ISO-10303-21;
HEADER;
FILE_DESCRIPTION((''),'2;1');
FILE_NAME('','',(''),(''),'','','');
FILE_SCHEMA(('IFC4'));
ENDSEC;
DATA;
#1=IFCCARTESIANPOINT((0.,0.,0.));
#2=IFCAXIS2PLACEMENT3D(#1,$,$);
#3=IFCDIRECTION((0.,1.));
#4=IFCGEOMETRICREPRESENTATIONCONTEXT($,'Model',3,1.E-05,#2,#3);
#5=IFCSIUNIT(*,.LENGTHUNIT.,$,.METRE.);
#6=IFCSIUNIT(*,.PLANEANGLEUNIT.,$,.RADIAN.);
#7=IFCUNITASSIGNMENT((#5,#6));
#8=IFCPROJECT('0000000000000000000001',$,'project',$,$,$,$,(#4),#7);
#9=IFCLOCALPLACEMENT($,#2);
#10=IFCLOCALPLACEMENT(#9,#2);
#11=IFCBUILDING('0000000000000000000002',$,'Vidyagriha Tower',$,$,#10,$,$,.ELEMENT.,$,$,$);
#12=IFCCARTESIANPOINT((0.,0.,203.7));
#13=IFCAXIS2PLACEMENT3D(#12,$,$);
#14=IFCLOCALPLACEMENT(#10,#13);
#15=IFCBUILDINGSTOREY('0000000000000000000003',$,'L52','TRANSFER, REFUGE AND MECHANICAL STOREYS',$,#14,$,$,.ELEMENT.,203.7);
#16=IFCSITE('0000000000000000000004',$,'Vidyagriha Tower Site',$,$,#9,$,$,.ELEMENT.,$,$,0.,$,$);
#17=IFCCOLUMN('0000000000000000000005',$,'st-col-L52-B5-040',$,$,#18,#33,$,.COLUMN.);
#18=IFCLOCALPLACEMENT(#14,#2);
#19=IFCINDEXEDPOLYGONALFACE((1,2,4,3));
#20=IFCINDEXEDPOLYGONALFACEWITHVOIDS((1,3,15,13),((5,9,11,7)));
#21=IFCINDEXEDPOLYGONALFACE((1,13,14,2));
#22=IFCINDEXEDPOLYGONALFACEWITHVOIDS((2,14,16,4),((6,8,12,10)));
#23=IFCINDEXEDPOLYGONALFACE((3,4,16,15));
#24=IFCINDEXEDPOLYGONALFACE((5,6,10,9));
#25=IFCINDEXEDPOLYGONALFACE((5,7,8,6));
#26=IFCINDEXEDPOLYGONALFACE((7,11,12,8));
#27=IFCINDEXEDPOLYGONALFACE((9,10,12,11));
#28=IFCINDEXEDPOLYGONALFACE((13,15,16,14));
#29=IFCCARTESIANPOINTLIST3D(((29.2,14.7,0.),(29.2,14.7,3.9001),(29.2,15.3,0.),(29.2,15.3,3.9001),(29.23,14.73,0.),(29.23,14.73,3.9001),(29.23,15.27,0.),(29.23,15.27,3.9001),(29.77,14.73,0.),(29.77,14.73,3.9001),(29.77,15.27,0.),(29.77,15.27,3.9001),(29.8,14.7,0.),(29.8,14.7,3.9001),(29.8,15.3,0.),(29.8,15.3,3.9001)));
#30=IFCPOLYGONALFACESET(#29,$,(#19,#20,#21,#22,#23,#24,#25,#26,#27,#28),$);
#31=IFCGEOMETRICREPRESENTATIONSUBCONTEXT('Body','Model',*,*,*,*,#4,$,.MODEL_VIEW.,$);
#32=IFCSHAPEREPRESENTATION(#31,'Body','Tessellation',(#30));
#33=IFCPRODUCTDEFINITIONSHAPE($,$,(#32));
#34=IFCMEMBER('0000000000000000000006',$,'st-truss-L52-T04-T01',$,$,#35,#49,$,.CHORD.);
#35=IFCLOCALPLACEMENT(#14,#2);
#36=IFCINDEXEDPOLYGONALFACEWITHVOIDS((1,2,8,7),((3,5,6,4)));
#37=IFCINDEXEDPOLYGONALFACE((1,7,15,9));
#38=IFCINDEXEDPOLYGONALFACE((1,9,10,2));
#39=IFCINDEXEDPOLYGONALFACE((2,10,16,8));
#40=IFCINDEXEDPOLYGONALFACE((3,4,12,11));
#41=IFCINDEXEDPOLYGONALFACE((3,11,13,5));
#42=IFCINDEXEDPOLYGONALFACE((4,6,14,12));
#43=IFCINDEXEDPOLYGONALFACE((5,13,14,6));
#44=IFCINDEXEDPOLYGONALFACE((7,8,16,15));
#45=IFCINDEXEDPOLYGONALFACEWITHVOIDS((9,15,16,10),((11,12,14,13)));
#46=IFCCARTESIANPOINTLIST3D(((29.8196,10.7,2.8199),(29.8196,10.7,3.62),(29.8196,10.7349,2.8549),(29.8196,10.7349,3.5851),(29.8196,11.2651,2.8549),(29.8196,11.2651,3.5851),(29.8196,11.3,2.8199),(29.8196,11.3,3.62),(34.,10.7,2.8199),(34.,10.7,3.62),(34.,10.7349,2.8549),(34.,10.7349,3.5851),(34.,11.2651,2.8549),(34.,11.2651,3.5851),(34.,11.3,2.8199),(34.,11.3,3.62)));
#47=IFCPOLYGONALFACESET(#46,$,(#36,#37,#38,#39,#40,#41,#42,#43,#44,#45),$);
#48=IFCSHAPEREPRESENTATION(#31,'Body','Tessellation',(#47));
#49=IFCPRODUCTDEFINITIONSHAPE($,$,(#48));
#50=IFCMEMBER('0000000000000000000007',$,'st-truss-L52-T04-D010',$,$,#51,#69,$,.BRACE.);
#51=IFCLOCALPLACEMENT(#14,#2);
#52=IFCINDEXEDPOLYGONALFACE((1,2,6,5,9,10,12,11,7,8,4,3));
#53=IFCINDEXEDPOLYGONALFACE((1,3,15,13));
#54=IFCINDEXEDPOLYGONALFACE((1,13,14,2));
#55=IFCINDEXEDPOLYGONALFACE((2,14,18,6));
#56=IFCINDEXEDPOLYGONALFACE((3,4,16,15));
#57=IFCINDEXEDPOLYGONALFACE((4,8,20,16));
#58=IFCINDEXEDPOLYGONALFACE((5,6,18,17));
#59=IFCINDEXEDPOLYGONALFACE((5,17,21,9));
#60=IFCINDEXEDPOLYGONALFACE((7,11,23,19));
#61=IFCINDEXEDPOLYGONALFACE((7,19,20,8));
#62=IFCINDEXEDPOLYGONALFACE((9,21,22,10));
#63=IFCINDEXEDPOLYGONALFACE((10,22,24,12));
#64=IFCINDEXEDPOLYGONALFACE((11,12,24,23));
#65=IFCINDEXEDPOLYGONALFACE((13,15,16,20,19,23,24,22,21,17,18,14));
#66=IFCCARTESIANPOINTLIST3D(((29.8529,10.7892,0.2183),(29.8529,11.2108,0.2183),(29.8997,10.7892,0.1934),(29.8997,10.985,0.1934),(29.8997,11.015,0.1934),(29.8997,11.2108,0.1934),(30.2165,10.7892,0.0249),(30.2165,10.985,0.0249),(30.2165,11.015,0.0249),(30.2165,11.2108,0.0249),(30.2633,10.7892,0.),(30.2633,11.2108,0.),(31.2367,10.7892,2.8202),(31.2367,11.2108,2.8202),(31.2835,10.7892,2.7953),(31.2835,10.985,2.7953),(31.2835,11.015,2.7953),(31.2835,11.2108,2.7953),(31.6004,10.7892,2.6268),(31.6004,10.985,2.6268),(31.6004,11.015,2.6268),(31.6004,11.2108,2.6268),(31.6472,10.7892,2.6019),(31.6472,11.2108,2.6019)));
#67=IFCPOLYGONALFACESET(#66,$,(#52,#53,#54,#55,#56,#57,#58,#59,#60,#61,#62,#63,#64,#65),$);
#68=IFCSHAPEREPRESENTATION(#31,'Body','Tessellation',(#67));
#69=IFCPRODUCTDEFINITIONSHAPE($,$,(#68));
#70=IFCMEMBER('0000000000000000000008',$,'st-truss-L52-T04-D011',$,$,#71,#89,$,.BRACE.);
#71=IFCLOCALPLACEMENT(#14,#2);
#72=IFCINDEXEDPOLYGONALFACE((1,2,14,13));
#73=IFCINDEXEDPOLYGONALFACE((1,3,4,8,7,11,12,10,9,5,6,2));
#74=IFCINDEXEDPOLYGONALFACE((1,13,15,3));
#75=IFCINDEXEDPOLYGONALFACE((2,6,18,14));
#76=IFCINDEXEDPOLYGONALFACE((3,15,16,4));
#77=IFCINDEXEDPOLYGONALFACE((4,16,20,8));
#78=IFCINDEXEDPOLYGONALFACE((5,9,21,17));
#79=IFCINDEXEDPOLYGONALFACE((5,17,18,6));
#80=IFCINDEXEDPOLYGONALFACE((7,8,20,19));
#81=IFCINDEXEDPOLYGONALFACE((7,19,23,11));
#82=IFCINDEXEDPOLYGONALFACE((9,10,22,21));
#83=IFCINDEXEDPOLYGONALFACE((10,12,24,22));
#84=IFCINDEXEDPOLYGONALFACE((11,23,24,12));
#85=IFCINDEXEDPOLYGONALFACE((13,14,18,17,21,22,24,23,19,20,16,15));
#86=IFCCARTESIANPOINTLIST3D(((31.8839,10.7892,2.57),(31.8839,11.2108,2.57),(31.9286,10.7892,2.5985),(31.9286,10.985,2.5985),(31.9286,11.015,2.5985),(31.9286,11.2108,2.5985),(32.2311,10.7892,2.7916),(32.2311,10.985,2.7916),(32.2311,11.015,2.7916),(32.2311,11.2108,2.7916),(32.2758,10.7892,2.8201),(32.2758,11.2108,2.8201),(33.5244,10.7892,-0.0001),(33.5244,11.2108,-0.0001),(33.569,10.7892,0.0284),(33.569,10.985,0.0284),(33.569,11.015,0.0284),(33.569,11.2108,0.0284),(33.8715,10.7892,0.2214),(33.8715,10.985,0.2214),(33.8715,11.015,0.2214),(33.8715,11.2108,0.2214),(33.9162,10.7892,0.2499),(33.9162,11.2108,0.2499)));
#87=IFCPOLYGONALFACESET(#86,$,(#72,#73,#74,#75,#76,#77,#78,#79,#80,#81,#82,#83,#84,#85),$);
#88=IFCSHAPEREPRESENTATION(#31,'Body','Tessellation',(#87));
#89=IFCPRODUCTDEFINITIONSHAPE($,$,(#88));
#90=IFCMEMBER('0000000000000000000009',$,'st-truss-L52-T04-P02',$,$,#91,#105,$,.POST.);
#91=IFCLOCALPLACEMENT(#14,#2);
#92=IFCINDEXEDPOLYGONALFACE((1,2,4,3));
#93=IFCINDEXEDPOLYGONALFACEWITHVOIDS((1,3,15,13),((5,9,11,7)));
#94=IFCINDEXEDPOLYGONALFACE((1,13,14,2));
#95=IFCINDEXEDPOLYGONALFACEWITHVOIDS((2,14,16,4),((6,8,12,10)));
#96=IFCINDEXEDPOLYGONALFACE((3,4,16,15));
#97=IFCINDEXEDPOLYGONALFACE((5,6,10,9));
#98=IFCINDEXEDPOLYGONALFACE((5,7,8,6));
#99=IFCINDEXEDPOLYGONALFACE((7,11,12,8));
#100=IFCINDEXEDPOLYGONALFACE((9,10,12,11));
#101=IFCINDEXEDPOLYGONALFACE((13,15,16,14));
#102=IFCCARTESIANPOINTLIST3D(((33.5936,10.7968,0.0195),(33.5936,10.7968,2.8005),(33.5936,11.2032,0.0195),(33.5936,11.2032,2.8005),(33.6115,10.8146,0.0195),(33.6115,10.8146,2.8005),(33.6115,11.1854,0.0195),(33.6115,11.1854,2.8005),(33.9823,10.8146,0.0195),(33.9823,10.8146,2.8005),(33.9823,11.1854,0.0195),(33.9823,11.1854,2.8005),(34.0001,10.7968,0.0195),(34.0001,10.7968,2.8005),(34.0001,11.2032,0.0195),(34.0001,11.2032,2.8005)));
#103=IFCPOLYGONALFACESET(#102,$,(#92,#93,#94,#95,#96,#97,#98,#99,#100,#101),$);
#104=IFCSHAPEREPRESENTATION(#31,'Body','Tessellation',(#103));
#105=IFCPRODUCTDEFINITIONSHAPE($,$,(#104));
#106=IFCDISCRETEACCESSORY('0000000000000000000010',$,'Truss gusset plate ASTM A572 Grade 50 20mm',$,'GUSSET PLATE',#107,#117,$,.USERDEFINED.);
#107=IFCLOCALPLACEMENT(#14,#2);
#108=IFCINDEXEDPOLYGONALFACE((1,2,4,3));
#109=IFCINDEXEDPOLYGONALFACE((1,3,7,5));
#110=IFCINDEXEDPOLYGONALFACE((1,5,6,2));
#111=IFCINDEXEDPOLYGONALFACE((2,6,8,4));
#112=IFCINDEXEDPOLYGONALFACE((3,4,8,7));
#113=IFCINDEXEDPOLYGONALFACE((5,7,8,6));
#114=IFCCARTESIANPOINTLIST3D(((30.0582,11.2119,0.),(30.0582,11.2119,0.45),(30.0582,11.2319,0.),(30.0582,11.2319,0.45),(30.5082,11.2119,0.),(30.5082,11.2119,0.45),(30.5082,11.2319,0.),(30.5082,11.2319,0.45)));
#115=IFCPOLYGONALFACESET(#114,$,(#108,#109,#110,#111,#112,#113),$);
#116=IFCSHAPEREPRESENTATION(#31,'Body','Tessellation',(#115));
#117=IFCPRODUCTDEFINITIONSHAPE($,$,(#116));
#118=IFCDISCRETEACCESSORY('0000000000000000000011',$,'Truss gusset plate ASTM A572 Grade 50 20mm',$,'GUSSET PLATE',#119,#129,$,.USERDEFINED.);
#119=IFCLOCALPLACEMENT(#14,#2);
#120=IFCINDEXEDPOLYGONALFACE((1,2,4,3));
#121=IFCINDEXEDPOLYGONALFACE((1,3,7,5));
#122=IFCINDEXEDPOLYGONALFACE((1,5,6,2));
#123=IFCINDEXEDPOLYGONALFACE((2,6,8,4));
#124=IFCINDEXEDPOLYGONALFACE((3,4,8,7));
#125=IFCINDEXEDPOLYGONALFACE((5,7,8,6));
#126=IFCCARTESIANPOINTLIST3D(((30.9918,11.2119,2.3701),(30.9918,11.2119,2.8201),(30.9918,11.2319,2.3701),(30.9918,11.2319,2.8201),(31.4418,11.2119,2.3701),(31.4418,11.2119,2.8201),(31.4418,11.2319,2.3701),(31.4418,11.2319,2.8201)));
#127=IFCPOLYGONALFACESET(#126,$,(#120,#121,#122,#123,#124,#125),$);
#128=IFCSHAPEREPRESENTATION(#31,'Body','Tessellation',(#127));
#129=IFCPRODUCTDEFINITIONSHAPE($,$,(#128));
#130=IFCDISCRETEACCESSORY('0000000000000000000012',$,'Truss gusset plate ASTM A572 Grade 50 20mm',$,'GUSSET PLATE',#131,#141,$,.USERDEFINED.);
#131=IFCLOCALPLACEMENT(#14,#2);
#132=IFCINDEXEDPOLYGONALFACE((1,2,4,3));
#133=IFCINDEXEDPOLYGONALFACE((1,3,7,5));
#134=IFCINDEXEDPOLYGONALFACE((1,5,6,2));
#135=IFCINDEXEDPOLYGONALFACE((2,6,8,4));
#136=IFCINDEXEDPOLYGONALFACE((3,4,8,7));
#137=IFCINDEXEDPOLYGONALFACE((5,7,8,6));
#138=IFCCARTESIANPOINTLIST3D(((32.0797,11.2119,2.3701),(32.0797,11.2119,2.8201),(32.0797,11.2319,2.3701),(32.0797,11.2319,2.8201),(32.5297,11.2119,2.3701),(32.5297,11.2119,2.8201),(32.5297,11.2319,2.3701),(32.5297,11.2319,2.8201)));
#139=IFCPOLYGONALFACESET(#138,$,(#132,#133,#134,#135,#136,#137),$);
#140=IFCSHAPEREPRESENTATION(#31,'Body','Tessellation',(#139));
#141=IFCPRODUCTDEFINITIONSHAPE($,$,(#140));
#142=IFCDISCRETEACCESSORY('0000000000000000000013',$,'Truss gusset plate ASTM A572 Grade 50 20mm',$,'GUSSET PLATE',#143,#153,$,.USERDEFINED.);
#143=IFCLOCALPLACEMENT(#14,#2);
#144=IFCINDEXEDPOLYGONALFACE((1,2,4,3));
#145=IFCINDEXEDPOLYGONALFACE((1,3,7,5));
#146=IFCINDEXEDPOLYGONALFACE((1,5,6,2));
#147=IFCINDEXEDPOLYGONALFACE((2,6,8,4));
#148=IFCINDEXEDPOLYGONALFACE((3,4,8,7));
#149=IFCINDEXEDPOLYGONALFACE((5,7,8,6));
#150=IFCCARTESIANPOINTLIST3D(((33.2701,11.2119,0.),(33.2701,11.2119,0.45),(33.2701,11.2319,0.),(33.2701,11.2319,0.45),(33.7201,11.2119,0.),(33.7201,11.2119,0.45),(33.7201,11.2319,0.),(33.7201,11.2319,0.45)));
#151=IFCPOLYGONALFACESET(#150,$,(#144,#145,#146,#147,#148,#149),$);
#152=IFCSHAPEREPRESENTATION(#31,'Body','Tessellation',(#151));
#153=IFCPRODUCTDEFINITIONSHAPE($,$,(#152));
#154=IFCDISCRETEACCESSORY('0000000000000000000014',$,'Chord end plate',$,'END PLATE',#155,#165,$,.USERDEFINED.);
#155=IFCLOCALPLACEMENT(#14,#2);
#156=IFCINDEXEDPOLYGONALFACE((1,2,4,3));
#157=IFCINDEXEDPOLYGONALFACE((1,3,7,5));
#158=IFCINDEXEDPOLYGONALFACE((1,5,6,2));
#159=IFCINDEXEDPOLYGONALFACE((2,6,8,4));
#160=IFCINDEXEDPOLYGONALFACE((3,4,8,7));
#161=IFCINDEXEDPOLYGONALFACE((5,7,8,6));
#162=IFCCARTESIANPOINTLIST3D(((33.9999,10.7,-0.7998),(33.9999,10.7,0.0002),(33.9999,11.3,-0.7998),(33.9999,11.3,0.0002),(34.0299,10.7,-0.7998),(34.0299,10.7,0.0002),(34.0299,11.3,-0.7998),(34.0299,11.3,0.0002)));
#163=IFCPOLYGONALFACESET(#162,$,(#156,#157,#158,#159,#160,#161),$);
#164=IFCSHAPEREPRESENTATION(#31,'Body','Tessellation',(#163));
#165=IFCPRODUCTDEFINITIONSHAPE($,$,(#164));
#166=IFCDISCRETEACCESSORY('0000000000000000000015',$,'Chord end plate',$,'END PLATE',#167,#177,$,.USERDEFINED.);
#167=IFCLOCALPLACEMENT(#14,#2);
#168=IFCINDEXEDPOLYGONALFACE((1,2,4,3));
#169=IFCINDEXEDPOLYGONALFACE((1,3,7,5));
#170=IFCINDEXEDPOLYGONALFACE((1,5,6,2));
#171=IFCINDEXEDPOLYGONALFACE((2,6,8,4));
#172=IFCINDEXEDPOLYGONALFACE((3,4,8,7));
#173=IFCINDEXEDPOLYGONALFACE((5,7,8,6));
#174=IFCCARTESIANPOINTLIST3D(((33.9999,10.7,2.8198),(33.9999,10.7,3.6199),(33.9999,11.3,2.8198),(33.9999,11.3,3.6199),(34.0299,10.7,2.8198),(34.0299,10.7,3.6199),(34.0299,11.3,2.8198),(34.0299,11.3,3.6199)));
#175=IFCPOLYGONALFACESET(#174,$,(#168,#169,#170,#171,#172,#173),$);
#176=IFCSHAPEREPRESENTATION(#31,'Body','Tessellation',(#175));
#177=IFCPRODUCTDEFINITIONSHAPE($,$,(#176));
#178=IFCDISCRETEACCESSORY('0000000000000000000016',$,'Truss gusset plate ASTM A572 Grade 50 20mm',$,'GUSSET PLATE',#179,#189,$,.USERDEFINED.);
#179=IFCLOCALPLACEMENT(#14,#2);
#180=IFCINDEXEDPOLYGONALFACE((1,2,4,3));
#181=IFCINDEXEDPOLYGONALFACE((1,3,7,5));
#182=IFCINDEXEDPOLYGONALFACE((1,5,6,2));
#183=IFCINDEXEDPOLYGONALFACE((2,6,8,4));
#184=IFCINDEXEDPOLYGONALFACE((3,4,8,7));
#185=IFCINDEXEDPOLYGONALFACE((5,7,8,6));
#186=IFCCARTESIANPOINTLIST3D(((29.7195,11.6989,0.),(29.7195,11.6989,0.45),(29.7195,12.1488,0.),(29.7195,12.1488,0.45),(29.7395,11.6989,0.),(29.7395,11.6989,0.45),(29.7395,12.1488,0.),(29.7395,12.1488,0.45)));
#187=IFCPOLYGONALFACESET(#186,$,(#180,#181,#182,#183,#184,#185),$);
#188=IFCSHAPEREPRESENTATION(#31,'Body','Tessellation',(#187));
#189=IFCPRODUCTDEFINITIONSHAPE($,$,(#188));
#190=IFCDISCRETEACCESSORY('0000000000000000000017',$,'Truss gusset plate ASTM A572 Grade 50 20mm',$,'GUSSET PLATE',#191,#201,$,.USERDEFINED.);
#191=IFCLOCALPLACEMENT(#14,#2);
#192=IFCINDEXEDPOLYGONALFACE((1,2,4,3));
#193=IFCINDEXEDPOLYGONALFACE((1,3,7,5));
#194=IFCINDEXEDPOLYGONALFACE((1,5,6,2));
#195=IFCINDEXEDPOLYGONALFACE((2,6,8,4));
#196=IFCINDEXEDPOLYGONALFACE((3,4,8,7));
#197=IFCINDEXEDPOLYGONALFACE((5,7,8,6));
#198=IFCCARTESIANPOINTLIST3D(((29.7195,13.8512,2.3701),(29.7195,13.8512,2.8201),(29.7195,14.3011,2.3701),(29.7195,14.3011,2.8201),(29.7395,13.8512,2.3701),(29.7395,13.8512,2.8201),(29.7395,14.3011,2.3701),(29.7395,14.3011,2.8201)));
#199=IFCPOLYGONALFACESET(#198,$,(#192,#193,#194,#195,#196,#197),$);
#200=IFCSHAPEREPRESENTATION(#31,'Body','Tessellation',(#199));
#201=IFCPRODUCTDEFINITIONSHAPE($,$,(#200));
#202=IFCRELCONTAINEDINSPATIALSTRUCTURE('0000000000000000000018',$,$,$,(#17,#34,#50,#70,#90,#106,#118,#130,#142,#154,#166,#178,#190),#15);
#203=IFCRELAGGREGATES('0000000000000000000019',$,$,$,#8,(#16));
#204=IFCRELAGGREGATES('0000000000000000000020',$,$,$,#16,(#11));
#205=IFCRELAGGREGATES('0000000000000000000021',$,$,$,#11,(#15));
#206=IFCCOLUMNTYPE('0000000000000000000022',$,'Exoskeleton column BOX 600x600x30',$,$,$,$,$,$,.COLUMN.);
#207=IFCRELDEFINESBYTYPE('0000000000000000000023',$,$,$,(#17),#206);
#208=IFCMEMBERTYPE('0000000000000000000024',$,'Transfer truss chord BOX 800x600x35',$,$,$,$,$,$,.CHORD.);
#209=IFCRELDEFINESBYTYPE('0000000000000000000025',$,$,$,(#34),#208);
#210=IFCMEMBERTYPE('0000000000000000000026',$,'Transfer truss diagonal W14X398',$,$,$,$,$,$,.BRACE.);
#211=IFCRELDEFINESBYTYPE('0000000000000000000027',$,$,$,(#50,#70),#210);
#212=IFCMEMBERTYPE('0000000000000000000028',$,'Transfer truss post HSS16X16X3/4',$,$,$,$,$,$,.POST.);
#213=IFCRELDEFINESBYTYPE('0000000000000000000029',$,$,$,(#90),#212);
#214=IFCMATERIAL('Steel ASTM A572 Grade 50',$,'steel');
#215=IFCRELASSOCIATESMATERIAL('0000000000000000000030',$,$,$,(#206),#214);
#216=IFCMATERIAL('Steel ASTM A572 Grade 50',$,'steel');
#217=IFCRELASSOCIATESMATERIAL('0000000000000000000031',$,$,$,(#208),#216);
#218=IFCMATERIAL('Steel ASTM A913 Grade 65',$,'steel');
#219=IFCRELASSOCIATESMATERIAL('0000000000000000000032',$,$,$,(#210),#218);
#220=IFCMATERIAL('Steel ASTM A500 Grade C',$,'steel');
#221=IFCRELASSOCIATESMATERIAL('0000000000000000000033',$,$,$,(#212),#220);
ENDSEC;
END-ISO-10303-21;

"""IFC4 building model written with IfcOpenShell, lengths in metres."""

from ifc_helpers import new_model, si_unit, direction, frame, origin, origin_2d, place, context, subcontext, project, spatial, rectangle, hollow_rectangle, i_section, extrude, material, material_profile, profile_set, type_object, element, save


model = new_model("IFC4")

# Units and contexts
model_context = context("Model", 3, precision=1e-05, world=origin(), true_north=direction((0.0, 1.0)))
body_context = subcontext(model_context, "Body", "Model", "MODEL_VIEW")
ifc_project = project(units=[si_unit("LENGTHUNIT", "METRE"), si_unit("PLANEANGLEUNIT", "RADIAN")], contexts=[model_context])

# Site, building, storey
site_placement = place(None, origin())
site = spatial("IfcSite", under=ifc_project, at=site_placement, Name="Vidyagriha Tower Site", CompositionType="ELEMENT", RefElevation=0.0)
building_placement = place(site_placement, origin())
building = spatial("IfcBuilding", under=site, at=building_placement, Name="Vidyagriha Tower", CompositionType="ELEMENT")
storey_placement = place(building_placement, frame((0.0, 0.0, 203.7)))
storey = spatial("IfcBuildingStorey", under=building, at=storey_placement, Name="L52", Description="TRANSFER, REFUGE AND MECHANICAL STOREYS", CompositionType="ELEMENT", Elevation=203.7)

# Column
ifc_material_1 = material(Name="Steel ASTM A572 Grade 50", Category="steel")
ifc_material_profile_1 = material_profile(ifc_material_1, hollow_rectangle(XDim=0.6001, YDim=0.6001, WallThickness=0.03, at=origin_2d()), Name="BOX 600x600x30")
ifc_profile_set_1 = profile_set([ifc_material_profile_1], Name="Steel ASTM A572 Grade 50")
column_type = type_object("IfcColumnType", Name="Exoskeleton column BOX 600x600x30", PredefinedType="COLUMN", material=ifc_profile_set_1)
column_placement = place(storey_placement, frame((29.5, 15.0, 0.0)))
element("IfcColumn", 1, at=column_placement, inside=storey, type_object=column_type, Name="st-col-L52-B5-040", PredefinedType="COLUMN", context=body_context, shape_type="SweptSolid", body=[
    extrude(hollow_rectangle(XDim=0.6001, YDim=0.6001, WallThickness=0.03, at=origin_2d()), origin(), (0.0, 0.0, 1.0), 3.9001),
])

# Members
ifc_material_2 = material(Name="Steel ASTM A572 Grade 50", Category="steel")
ifc_material_profile_2 = material_profile(ifc_material_2, hollow_rectangle(XDim=0.6001, YDim=0.8, WallThickness=0.0349, at=origin_2d()), Name="BOX 800x600x35")
ifc_profile_set_2 = profile_set([ifc_material_profile_2], Name="Steel ASTM A572 Grade 50")
member_type_1 = type_object("IfcMemberType", Name="Transfer truss chord BOX 800x600x35", PredefinedType="CHORD", material=ifc_profile_set_2)
member_1_placement = place(storey_placement, frame((29.8196, 11.0, 3.22), z_axis=(1.0, 0.0, 0.0), x_axis=(0.0, 1.0, 0.0)))
element("IfcMember", 2, at=member_1_placement, inside=storey, type_object=member_type_1, Name="st-truss-L52-T04-T01", PredefinedType="CHORD", context=body_context, shape_type="SweptSolid", body=[
    extrude(hollow_rectangle(XDim=0.6001, YDim=0.8, WallThickness=0.0349, at=origin_2d()), origin(), (0.0, 0.0, 1.0), 4.1804),
])
ifc_material_3 = material(Name="Steel ASTM A913 Grade 65", Category="steel")
ifc_material_profile_3 = material_profile(ifc_material_3, i_section(OverallWidth=0.4216, OverallDepth=0.4648, WebThickness=0.03, FlangeThickness=0.053, at=origin_2d()), Name="W14X398")
ifc_profile_set_3 = profile_set([ifc_material_profile_3], Name="Steel ASTM A913 Grade 65")
member_type_2 = type_object("IfcMemberType", Name="Transfer truss diagonal W14X398", PredefinedType="BRACE", material=ifc_profile_set_3)
member_2_placement = place(storey_placement, frame((30.0581, 11.0, 0.1091), z_axis=(0.469573, 0.0, 0.882894), x_axis=(0.0, 1.0, 0.0)))
element("IfcMember", 3, at=member_2_placement, inside=storey, type_object=member_type_2, Name="st-truss-L52-T04-D010", PredefinedType="BRACE", context=body_context, shape_type="SweptSolid", body=[
    extrude(i_section(OverallWidth=0.4216, OverallDepth=0.4648, WebThickness=0.03, FlangeThickness=0.053, at=origin_2d()), origin(), (0.0, 0.0, 1.0), 2.947),
])
member_3_placement = place(storey_placement, frame((32.0798, 11.0, 2.6951), z_axis=(0.538015, 0.0, -0.842935), x_axis=(0.0, 1.0, 0.0)))
element("IfcMember", 4, at=member_3_placement, inside=storey, type_object=member_type_2, Name="st-truss-L52-T04-D011", PredefinedType="BRACE", context=body_context, shape_type="SweptSolid", body=[
    extrude(i_section(OverallWidth=0.4216, OverallDepth=0.4648, WebThickness=0.03, FlangeThickness=0.053, at=origin_2d()), origin(), (0.0, 0.0, 1.0), 3.0491),
])
ifc_material_4 = material(Name="Steel ASTM A500 Grade C", Category="steel")
ifc_material_profile_4 = material_profile(ifc_material_4, hollow_rectangle(XDim=0.4065, YDim=0.4065, WallThickness=0.0178, at=origin_2d()), Name="HSS16X16X3/4")
ifc_profile_set_4 = profile_set([ifc_material_profile_4], Name="Steel ASTM A500 Grade C")
member_type_3 = type_object("IfcMemberType", Name="Transfer truss post HSS16X16X3/4", PredefinedType="POST", material=ifc_profile_set_4)
member_4_placement = place(storey_placement, frame((33.7969, 11.0, 0.0195)))
element("IfcMember", 5, at=member_4_placement, inside=storey, type_object=member_type_3, Name="st-truss-L52-T04-P02", PredefinedType="POST", context=body_context, shape_type="SweptSolid", body=[
    extrude(hollow_rectangle(XDim=0.4065, YDim=0.4065, WallThickness=0.0178, at=origin_2d()), origin(), (0.0, 0.0, 1.0), 2.781),
])

# Discrete accessories
for number, where, name in (
    (6, (30.2832, 11.2219, 0.0), "Truss gusset plate ASTM A572 Grade 50 20mm"),
    (7, (31.2168, 11.2219, 2.3701), "Truss gusset plate ASTM A572 Grade 50 20mm"),
    (8, (32.3047, 11.2219, 2.3701), "Truss gusset plate ASTM A572 Grade 50 20mm"),
    (9, (33.4951, 11.2219, 0.0), "Truss gusset plate ASTM A572 Grade 50 20mm"),
):
    element("IfcDiscreteAccessory", number, at=place(storey_placement, frame(where)), inside=storey, Name=name, ObjectType="GUSSET PLATE", PredefinedType="USERDEFINED", context=body_context, shape_type="SweptSolid", body=[
        extrude(rectangle(XDim=0.45, YDim=0.02, at=origin_2d()), origin(), (0.0, 0.0, 1.0), 0.45),
    ])
for number, where, name in (
    (10, (34.0149, 11.0, -0.7998), "Chord end plate"),
    (11, (34.0149, 11.0, 2.8198), "Chord end plate"),
):
    element("IfcDiscreteAccessory", number, at=place(storey_placement, frame(where)), inside=storey, Name=name, ObjectType="END PLATE", PredefinedType="USERDEFINED", context=body_context, shape_type="SweptSolid", body=[
        extrude(rectangle(XDim=0.03, YDim=0.6001, at=origin_2d()), origin(), (0.0, 0.0, 1.0), 0.8),
    ])
for number, where, z_axis, x_axis, name in (
    (12, (29.7295, 11.9238, 0.0), (0.0, 0.0, 1.0), (0.0, 1.0, 0.0), "Truss gusset plate ASTM A572 Grade 50 20mm"),
    (13, (29.7295, 14.0762, 2.3701), (0.0, 0.0, 1.0), (0.0, 1.0, 0.0), "Truss gusset plate ASTM A572 Grade 50 20mm"),
):
    element("IfcDiscreteAccessory", number, at=place(storey_placement, frame(where, z_axis=z_axis, x_axis=x_axis)), inside=storey, Name=name, ObjectType="GUSSET PLATE", PredefinedType="USERDEFINED", context=body_context, shape_type="SweptSolid", body=[
        extrude(rectangle(XDim=0.45, YDim=0.02, at=origin_2d()), origin(), (0.0, 0.0, 1.0), 0.45),
    ])

save(model, "model.ifc")
